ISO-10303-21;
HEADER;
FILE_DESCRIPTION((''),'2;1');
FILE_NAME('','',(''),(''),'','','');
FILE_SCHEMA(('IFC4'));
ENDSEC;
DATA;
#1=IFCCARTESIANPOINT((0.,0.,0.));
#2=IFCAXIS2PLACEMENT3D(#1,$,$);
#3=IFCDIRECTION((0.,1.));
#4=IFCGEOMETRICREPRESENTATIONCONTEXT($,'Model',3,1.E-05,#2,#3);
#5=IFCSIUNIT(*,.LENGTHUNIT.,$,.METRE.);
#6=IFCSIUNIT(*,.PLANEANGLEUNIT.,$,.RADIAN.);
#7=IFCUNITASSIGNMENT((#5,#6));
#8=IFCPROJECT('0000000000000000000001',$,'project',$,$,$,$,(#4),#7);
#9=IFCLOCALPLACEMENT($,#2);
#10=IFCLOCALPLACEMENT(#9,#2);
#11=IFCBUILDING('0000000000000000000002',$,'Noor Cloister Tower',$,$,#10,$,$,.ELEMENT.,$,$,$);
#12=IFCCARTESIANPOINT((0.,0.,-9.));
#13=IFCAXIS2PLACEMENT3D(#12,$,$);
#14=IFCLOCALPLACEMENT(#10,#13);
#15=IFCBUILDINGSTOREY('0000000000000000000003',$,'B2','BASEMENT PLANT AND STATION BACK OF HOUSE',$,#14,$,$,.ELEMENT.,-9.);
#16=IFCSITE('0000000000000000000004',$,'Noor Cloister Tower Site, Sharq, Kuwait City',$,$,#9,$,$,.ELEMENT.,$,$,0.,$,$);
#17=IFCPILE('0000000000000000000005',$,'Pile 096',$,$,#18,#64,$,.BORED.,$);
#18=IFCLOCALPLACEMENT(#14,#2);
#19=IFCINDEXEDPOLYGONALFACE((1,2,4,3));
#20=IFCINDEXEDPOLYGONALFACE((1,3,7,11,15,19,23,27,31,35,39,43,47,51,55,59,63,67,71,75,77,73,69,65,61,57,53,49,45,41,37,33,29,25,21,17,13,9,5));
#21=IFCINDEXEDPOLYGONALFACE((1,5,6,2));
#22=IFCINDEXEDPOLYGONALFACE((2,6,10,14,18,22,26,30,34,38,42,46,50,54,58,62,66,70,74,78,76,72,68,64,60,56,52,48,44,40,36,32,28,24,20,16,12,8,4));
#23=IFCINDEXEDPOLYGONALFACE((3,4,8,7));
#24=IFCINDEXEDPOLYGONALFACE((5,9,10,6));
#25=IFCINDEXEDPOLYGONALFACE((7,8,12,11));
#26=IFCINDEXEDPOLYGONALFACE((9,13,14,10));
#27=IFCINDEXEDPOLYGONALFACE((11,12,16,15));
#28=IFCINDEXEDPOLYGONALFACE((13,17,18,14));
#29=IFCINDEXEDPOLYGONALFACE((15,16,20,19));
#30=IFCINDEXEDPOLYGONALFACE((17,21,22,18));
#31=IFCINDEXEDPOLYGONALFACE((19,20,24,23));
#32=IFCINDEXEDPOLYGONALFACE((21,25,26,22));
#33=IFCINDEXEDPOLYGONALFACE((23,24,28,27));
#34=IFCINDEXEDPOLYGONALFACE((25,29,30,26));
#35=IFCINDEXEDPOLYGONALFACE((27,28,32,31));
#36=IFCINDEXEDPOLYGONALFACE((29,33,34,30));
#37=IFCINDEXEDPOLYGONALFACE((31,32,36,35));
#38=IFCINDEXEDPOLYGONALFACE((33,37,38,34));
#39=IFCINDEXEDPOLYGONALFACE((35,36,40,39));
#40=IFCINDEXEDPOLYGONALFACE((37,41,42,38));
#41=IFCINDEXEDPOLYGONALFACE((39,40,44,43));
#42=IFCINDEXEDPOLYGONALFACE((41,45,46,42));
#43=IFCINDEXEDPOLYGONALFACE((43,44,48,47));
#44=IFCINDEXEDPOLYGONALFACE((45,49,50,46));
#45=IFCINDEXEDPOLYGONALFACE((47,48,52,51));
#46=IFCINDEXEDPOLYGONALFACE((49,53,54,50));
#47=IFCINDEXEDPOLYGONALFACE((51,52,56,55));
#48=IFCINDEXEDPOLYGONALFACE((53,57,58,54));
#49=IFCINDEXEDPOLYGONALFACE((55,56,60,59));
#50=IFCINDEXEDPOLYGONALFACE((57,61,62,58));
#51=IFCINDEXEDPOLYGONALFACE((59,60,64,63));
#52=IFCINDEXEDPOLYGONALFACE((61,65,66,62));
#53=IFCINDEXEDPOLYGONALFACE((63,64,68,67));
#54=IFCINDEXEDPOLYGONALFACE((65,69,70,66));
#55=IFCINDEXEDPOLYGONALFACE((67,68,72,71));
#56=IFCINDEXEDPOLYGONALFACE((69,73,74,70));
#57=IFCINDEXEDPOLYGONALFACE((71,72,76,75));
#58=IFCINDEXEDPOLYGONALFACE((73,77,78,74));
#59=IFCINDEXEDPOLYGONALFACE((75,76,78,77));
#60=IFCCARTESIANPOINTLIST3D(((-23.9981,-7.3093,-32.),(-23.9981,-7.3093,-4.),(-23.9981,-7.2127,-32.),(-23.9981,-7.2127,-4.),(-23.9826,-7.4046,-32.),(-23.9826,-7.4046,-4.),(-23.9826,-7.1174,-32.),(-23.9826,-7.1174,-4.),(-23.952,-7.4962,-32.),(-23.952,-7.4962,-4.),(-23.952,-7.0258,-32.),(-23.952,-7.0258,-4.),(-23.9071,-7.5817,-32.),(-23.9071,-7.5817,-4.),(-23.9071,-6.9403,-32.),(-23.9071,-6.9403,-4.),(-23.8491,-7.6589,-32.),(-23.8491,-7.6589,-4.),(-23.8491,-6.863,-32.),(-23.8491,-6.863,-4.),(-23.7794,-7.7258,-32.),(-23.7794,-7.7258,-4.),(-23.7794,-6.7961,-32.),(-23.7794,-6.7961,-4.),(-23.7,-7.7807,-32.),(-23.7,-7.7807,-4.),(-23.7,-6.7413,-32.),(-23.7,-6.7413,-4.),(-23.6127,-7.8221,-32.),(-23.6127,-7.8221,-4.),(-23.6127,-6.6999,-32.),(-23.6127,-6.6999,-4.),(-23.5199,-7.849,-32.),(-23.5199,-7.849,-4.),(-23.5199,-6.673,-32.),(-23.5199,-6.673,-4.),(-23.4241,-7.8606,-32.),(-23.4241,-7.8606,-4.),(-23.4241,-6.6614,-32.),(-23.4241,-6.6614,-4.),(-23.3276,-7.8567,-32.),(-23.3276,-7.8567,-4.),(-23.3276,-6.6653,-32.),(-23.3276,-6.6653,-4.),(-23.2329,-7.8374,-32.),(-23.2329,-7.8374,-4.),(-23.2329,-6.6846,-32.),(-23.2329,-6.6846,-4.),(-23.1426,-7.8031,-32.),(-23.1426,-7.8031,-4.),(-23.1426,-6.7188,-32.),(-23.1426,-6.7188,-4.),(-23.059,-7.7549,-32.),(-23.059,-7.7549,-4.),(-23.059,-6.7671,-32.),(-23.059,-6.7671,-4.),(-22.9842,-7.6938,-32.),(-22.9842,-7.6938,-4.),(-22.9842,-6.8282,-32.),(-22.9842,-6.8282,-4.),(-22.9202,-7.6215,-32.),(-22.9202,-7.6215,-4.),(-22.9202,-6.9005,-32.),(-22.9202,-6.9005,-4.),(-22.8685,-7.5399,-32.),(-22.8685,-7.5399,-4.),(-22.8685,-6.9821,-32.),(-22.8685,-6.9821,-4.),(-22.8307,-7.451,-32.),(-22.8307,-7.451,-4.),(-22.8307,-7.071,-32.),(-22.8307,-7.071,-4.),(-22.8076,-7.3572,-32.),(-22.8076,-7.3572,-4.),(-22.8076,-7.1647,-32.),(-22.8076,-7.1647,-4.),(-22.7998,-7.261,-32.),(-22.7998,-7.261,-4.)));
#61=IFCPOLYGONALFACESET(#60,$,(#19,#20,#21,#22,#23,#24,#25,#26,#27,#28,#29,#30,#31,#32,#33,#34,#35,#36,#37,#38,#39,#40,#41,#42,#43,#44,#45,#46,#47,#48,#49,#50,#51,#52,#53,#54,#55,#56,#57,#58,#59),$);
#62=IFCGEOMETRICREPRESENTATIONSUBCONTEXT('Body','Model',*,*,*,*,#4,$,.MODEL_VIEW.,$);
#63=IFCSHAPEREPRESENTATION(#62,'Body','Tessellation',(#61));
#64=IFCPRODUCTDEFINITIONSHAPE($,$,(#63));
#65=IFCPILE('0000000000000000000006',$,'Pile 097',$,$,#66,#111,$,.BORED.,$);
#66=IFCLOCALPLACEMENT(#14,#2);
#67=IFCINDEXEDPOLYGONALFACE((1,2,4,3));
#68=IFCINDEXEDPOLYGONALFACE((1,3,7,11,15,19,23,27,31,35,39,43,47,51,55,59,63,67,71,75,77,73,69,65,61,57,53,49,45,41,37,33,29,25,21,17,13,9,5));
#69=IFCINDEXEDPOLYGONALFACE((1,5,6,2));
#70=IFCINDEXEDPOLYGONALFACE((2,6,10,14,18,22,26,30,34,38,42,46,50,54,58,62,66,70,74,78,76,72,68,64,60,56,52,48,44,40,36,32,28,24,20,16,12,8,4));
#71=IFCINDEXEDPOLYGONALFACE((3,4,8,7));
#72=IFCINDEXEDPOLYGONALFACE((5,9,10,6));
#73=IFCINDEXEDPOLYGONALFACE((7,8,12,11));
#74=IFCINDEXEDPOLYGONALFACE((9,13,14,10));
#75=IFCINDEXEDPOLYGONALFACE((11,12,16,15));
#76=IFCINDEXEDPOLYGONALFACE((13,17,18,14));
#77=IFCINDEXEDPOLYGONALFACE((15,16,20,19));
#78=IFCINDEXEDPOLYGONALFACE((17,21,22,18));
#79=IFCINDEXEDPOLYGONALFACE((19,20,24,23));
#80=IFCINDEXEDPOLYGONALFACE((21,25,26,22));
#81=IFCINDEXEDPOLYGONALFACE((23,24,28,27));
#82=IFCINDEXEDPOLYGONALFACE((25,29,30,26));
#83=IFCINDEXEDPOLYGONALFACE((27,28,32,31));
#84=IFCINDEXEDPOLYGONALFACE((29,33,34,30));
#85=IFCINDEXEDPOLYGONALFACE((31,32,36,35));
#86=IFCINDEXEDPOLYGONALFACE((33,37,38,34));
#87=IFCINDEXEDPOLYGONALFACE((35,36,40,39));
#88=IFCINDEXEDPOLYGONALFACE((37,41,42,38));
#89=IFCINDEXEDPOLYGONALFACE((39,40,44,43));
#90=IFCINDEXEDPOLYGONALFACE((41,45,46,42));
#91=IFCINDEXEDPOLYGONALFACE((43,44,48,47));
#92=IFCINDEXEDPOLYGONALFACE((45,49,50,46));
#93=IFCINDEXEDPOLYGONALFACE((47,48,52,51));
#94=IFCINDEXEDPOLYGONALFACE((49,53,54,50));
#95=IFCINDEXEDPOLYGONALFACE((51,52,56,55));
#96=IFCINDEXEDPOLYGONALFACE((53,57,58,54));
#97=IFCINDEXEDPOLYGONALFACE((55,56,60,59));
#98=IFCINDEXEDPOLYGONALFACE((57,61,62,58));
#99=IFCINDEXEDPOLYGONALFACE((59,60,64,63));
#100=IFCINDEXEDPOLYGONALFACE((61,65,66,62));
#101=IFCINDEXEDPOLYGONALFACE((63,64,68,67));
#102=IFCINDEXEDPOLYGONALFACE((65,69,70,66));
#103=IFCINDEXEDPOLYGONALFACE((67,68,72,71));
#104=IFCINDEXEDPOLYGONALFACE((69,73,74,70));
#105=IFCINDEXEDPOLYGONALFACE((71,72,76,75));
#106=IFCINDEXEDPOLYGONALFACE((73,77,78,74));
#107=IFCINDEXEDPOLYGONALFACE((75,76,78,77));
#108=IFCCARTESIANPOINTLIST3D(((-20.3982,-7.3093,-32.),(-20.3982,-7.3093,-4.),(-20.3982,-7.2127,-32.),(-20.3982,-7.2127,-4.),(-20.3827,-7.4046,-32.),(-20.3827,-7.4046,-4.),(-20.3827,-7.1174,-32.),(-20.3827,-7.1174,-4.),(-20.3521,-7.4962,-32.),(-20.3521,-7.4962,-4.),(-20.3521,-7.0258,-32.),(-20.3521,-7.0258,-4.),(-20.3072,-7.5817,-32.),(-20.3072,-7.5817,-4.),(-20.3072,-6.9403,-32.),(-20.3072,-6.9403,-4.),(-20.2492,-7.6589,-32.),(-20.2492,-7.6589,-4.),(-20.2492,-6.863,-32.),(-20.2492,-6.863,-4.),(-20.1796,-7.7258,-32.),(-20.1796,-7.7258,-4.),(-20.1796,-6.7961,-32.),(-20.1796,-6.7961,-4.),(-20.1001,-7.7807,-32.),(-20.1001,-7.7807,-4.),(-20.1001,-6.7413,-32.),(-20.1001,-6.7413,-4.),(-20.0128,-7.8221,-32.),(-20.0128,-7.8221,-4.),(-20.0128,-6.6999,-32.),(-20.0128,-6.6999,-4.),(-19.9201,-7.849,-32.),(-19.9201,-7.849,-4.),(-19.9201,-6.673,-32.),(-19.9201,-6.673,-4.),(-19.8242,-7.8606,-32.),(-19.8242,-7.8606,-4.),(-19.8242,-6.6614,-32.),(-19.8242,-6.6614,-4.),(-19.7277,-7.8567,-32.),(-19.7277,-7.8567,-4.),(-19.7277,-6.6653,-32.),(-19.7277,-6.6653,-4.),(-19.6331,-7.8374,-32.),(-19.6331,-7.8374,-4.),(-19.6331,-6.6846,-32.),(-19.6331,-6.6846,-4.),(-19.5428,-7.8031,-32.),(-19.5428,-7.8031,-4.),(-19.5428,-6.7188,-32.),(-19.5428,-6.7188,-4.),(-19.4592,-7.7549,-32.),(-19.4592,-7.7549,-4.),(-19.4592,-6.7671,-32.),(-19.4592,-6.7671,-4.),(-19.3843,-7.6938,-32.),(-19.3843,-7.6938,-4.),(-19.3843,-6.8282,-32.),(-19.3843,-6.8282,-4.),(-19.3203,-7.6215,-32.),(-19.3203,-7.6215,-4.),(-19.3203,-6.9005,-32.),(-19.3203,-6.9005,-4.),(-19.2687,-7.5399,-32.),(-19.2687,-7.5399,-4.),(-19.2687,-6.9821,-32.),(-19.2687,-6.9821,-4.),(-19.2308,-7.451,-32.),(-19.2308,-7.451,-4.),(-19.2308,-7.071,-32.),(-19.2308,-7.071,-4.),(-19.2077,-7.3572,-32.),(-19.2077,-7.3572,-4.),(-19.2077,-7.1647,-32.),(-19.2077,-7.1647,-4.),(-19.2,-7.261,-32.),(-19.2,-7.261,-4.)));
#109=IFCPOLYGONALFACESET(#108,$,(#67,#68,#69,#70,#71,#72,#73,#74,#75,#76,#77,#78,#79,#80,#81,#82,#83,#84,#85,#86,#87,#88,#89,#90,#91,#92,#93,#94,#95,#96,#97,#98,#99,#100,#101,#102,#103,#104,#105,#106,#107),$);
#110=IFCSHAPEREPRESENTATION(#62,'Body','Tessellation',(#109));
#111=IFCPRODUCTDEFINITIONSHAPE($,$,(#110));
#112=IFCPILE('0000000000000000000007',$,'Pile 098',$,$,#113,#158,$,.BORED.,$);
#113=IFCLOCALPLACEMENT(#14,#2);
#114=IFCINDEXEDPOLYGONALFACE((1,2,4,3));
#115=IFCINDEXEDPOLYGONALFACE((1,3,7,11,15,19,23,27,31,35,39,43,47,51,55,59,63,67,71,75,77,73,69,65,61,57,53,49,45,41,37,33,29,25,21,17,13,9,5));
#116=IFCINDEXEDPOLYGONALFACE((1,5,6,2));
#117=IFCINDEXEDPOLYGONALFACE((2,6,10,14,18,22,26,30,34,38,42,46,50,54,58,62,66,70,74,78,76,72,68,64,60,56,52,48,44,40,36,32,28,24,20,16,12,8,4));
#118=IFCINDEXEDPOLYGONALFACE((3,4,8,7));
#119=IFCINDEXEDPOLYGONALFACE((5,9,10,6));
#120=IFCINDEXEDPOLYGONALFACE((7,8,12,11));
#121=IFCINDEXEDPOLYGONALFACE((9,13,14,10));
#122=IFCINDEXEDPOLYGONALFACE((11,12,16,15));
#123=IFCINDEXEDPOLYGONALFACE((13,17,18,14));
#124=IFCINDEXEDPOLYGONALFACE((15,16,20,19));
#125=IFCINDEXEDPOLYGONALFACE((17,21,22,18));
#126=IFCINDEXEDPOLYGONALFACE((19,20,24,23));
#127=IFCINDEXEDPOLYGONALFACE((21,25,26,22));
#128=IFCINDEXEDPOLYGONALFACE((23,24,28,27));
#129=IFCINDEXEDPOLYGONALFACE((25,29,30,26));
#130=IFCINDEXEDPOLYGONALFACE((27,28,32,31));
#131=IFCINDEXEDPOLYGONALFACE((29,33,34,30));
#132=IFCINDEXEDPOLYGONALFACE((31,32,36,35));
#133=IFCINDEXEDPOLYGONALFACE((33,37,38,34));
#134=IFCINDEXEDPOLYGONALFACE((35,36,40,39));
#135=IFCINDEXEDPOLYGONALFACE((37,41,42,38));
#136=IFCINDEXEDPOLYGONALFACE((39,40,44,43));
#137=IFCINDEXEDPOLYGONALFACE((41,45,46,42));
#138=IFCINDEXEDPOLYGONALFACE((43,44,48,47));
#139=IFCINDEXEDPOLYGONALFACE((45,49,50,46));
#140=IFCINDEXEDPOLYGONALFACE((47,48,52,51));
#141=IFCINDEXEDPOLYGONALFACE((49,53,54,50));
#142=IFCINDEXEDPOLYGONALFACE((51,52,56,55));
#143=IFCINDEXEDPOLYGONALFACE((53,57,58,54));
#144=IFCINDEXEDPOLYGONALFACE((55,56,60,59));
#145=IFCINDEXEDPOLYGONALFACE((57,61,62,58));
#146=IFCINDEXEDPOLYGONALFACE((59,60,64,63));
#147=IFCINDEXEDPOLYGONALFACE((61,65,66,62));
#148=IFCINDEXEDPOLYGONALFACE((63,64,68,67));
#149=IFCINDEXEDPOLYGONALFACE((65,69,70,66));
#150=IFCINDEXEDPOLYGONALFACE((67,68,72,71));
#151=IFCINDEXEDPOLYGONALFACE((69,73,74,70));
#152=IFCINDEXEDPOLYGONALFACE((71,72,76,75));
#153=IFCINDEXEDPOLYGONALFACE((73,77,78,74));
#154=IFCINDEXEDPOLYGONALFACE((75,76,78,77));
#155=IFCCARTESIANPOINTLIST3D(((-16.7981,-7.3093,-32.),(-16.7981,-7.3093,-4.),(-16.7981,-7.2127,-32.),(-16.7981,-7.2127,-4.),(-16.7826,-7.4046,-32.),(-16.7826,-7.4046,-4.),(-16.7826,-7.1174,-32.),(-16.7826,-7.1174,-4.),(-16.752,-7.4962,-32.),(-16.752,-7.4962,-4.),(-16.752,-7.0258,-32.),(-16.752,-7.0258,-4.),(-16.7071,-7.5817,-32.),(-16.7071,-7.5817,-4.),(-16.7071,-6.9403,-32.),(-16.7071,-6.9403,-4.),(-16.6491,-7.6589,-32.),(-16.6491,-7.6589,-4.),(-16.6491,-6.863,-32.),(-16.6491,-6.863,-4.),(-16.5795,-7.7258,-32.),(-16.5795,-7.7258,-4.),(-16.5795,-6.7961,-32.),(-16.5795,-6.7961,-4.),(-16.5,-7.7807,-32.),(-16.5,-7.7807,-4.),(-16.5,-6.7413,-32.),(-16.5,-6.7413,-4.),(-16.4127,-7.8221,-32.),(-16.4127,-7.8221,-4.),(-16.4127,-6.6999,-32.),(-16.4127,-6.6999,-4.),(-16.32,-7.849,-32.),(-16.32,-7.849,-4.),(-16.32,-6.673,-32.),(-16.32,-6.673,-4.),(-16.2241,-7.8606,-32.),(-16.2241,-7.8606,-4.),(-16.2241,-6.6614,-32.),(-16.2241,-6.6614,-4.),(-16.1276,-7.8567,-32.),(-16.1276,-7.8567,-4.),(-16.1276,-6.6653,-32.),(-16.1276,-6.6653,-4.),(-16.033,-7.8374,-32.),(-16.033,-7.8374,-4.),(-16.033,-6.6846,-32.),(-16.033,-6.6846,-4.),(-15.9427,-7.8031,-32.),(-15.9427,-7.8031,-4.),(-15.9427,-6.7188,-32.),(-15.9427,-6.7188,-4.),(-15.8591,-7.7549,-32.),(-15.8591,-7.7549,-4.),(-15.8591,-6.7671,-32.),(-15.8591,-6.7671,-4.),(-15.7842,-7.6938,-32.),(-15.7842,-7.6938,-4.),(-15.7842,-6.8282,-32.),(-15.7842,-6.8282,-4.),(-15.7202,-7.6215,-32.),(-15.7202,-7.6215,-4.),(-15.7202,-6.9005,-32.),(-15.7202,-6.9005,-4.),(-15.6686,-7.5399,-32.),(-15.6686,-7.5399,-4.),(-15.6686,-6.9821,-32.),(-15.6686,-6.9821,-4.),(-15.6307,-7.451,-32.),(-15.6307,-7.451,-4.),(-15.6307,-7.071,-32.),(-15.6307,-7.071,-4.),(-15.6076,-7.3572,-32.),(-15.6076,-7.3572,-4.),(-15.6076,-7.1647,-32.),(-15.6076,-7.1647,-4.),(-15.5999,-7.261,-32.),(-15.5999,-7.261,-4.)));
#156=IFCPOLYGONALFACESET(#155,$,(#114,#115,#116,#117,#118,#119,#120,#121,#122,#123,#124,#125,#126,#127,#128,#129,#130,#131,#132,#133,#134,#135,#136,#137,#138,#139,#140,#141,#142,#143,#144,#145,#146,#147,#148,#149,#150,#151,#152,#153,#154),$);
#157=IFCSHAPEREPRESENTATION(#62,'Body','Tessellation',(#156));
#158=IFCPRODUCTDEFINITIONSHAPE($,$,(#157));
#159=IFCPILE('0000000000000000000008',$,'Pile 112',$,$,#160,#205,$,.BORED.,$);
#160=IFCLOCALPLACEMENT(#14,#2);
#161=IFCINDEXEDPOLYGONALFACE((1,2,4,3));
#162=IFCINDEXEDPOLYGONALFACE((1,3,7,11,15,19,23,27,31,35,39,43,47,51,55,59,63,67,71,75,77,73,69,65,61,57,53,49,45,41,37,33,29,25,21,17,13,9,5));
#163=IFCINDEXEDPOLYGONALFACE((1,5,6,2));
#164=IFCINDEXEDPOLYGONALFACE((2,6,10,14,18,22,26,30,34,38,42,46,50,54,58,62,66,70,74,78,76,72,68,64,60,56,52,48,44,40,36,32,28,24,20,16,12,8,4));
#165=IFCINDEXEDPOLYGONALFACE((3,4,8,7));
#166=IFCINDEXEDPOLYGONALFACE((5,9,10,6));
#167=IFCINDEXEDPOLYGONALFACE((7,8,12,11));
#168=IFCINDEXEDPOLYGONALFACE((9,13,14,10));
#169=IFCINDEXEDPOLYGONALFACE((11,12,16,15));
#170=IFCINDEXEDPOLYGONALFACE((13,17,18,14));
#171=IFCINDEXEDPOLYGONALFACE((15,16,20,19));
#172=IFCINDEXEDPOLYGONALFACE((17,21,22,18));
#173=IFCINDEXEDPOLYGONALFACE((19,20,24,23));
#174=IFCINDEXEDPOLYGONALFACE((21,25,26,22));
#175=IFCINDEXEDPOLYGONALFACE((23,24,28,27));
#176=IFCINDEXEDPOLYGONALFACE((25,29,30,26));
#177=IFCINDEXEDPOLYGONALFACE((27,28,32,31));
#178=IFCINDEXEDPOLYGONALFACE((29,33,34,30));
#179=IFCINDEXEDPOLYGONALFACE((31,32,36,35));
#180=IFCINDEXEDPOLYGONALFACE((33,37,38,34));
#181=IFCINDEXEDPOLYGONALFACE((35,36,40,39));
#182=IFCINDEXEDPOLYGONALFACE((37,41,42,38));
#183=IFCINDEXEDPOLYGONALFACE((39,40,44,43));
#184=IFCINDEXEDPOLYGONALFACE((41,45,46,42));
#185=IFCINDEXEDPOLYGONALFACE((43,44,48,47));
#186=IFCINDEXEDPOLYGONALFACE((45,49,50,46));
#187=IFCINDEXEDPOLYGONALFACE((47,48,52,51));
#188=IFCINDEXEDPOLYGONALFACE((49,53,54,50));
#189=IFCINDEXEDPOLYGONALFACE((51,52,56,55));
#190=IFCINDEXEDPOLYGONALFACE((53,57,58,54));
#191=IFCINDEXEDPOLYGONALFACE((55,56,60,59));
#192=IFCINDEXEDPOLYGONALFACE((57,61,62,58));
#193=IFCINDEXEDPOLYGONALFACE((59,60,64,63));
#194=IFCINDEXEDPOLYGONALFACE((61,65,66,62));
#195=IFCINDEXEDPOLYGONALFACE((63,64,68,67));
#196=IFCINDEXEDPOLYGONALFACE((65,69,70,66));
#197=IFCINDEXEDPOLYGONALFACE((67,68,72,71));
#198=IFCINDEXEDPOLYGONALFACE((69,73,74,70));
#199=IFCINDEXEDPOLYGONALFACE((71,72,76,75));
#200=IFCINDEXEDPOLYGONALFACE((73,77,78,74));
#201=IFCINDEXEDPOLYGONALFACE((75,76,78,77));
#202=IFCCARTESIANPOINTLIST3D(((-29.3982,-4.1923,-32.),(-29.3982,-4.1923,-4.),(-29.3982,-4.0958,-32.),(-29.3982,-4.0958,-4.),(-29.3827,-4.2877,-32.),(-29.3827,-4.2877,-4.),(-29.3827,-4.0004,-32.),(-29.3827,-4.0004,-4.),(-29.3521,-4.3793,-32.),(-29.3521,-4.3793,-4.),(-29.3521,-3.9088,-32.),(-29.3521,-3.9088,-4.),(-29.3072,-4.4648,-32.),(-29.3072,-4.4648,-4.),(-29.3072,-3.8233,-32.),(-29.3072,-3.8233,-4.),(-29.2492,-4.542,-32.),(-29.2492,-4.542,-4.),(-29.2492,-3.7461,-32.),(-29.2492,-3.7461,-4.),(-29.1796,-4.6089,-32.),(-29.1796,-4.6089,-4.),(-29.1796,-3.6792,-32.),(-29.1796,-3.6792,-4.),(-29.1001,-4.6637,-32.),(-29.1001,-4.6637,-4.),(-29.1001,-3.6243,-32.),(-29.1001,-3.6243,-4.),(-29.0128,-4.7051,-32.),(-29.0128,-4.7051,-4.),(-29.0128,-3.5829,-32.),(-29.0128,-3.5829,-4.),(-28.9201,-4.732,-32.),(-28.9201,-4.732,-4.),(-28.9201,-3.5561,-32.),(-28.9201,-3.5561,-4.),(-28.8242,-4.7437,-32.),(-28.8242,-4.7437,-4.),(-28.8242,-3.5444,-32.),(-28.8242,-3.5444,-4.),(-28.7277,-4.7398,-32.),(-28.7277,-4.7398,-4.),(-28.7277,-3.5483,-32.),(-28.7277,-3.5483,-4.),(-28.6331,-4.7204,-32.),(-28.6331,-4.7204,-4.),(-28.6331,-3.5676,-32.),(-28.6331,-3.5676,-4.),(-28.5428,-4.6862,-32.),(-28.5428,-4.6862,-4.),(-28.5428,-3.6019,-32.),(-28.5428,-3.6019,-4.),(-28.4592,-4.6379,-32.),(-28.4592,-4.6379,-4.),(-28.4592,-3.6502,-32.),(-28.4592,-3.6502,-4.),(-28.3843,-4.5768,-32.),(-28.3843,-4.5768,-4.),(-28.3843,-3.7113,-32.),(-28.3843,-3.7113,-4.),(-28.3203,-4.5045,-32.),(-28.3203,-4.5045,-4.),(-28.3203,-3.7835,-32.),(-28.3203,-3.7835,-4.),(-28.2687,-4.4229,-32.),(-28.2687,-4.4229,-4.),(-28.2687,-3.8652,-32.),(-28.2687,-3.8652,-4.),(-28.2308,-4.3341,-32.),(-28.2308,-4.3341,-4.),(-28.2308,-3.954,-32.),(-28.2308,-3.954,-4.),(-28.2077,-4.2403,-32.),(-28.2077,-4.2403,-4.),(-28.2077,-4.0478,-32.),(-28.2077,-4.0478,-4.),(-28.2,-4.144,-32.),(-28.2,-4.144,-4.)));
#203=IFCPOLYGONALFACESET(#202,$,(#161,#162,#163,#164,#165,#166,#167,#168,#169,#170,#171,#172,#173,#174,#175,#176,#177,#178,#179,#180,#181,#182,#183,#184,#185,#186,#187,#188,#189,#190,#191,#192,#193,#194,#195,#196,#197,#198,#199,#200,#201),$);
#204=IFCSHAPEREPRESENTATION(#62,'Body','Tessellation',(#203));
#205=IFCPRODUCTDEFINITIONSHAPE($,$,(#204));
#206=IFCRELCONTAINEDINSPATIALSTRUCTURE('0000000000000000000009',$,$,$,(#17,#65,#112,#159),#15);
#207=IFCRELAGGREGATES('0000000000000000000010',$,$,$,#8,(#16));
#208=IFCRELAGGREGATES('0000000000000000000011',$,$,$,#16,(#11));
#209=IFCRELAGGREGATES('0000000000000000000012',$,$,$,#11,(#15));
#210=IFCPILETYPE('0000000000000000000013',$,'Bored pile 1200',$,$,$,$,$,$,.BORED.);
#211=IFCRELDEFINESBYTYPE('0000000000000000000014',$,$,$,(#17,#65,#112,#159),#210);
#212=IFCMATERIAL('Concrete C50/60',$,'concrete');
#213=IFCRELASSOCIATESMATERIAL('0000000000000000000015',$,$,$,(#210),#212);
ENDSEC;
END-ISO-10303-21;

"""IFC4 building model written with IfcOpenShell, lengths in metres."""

from ifc_helpers import new_model, si_unit, direction, frame, origin, origin_2d, place, context, subcontext, project, spatial, circle, extrude, material, material_profile, profile_set, type_object, element, save


model = new_model("IFC4")

# Units and contexts
model_context = context("Model", 3, precision=1e-05, world=origin(), true_north=direction((0.0, 1.0)))
body_context = subcontext(model_context, "Body", "Model", "MODEL_VIEW")
ifc_project = project(units=[si_unit("LENGTHUNIT", "METRE"), si_unit("PLANEANGLEUNIT", "RADIAN")], contexts=[model_context])

# Site, building, storey
site_placement = place(None, origin())
site = spatial("IfcSite", under=ifc_project, at=site_placement, Name="Noor Cloister Tower Site, Sharq, Kuwait City", CompositionType="ELEMENT", RefElevation=0.0)
building_placement = place(site_placement, origin())
building = spatial("IfcBuilding", under=site, at=building_placement, Name="Noor Cloister Tower", CompositionType="ELEMENT")
storey_placement = place(building_placement, frame((0.0, 0.0, -9.0)))
storey = spatial("IfcBuildingStorey", under=building, at=storey_placement, Name="B2", Description="BASEMENT PLANT AND STATION BACK OF HOUSE", CompositionType="ELEMENT", Elevation=-9.0)

# Piles
ifc_material_1 = material(Name="Concrete C50/60", Category="concrete")
ifc_material_profile_1 = material_profile(ifc_material_1, circle(Radius=0.6001, at=origin_2d()), Name="Bored pile 1200")
ifc_profile_set_1 = profile_set([ifc_material_profile_1], Name="Concrete C50/60")
pile_type = type_object("IfcPileType", Name="Bored pile 1200", PredefinedType="BORED", material=ifc_profile_set_1)
for number, where, z_axis, x_axis, name in (
    (1, (-23.3999, -7.261, -4.0), (0.0, 0.0, -1.0), (1.0, 0.0, 0.0), "Pile 096"),
    (2, (-19.8, -7.261, -4.0), (0.0, 0.0, -1.0), (1.0, 0.0, 0.0), "Pile 097"),
    (3, (-16.2, -7.261, -4.0), (0.0, 0.0, -1.0), (1.0, 0.0, 0.0), "Pile 098"),
    (4, (-28.8, -4.144, -4.0), (0.0, 0.0, -1.0), (1.0, 0.0, 0.0), "Pile 112"),
):
    element("IfcPile", number, at=place(storey_placement, frame(where, z_axis=z_axis, x_axis=x_axis)), inside=storey, type_object=pile_type, Name=name, PredefinedType="BORED", context=body_context, shape_type="SweptSolid", body=[
        extrude(circle(Radius=0.6001, at=origin_2d()), origin(), (0.0, 0.0, 1.0), 28.0),
    ])

save(model, "model.ifc")
